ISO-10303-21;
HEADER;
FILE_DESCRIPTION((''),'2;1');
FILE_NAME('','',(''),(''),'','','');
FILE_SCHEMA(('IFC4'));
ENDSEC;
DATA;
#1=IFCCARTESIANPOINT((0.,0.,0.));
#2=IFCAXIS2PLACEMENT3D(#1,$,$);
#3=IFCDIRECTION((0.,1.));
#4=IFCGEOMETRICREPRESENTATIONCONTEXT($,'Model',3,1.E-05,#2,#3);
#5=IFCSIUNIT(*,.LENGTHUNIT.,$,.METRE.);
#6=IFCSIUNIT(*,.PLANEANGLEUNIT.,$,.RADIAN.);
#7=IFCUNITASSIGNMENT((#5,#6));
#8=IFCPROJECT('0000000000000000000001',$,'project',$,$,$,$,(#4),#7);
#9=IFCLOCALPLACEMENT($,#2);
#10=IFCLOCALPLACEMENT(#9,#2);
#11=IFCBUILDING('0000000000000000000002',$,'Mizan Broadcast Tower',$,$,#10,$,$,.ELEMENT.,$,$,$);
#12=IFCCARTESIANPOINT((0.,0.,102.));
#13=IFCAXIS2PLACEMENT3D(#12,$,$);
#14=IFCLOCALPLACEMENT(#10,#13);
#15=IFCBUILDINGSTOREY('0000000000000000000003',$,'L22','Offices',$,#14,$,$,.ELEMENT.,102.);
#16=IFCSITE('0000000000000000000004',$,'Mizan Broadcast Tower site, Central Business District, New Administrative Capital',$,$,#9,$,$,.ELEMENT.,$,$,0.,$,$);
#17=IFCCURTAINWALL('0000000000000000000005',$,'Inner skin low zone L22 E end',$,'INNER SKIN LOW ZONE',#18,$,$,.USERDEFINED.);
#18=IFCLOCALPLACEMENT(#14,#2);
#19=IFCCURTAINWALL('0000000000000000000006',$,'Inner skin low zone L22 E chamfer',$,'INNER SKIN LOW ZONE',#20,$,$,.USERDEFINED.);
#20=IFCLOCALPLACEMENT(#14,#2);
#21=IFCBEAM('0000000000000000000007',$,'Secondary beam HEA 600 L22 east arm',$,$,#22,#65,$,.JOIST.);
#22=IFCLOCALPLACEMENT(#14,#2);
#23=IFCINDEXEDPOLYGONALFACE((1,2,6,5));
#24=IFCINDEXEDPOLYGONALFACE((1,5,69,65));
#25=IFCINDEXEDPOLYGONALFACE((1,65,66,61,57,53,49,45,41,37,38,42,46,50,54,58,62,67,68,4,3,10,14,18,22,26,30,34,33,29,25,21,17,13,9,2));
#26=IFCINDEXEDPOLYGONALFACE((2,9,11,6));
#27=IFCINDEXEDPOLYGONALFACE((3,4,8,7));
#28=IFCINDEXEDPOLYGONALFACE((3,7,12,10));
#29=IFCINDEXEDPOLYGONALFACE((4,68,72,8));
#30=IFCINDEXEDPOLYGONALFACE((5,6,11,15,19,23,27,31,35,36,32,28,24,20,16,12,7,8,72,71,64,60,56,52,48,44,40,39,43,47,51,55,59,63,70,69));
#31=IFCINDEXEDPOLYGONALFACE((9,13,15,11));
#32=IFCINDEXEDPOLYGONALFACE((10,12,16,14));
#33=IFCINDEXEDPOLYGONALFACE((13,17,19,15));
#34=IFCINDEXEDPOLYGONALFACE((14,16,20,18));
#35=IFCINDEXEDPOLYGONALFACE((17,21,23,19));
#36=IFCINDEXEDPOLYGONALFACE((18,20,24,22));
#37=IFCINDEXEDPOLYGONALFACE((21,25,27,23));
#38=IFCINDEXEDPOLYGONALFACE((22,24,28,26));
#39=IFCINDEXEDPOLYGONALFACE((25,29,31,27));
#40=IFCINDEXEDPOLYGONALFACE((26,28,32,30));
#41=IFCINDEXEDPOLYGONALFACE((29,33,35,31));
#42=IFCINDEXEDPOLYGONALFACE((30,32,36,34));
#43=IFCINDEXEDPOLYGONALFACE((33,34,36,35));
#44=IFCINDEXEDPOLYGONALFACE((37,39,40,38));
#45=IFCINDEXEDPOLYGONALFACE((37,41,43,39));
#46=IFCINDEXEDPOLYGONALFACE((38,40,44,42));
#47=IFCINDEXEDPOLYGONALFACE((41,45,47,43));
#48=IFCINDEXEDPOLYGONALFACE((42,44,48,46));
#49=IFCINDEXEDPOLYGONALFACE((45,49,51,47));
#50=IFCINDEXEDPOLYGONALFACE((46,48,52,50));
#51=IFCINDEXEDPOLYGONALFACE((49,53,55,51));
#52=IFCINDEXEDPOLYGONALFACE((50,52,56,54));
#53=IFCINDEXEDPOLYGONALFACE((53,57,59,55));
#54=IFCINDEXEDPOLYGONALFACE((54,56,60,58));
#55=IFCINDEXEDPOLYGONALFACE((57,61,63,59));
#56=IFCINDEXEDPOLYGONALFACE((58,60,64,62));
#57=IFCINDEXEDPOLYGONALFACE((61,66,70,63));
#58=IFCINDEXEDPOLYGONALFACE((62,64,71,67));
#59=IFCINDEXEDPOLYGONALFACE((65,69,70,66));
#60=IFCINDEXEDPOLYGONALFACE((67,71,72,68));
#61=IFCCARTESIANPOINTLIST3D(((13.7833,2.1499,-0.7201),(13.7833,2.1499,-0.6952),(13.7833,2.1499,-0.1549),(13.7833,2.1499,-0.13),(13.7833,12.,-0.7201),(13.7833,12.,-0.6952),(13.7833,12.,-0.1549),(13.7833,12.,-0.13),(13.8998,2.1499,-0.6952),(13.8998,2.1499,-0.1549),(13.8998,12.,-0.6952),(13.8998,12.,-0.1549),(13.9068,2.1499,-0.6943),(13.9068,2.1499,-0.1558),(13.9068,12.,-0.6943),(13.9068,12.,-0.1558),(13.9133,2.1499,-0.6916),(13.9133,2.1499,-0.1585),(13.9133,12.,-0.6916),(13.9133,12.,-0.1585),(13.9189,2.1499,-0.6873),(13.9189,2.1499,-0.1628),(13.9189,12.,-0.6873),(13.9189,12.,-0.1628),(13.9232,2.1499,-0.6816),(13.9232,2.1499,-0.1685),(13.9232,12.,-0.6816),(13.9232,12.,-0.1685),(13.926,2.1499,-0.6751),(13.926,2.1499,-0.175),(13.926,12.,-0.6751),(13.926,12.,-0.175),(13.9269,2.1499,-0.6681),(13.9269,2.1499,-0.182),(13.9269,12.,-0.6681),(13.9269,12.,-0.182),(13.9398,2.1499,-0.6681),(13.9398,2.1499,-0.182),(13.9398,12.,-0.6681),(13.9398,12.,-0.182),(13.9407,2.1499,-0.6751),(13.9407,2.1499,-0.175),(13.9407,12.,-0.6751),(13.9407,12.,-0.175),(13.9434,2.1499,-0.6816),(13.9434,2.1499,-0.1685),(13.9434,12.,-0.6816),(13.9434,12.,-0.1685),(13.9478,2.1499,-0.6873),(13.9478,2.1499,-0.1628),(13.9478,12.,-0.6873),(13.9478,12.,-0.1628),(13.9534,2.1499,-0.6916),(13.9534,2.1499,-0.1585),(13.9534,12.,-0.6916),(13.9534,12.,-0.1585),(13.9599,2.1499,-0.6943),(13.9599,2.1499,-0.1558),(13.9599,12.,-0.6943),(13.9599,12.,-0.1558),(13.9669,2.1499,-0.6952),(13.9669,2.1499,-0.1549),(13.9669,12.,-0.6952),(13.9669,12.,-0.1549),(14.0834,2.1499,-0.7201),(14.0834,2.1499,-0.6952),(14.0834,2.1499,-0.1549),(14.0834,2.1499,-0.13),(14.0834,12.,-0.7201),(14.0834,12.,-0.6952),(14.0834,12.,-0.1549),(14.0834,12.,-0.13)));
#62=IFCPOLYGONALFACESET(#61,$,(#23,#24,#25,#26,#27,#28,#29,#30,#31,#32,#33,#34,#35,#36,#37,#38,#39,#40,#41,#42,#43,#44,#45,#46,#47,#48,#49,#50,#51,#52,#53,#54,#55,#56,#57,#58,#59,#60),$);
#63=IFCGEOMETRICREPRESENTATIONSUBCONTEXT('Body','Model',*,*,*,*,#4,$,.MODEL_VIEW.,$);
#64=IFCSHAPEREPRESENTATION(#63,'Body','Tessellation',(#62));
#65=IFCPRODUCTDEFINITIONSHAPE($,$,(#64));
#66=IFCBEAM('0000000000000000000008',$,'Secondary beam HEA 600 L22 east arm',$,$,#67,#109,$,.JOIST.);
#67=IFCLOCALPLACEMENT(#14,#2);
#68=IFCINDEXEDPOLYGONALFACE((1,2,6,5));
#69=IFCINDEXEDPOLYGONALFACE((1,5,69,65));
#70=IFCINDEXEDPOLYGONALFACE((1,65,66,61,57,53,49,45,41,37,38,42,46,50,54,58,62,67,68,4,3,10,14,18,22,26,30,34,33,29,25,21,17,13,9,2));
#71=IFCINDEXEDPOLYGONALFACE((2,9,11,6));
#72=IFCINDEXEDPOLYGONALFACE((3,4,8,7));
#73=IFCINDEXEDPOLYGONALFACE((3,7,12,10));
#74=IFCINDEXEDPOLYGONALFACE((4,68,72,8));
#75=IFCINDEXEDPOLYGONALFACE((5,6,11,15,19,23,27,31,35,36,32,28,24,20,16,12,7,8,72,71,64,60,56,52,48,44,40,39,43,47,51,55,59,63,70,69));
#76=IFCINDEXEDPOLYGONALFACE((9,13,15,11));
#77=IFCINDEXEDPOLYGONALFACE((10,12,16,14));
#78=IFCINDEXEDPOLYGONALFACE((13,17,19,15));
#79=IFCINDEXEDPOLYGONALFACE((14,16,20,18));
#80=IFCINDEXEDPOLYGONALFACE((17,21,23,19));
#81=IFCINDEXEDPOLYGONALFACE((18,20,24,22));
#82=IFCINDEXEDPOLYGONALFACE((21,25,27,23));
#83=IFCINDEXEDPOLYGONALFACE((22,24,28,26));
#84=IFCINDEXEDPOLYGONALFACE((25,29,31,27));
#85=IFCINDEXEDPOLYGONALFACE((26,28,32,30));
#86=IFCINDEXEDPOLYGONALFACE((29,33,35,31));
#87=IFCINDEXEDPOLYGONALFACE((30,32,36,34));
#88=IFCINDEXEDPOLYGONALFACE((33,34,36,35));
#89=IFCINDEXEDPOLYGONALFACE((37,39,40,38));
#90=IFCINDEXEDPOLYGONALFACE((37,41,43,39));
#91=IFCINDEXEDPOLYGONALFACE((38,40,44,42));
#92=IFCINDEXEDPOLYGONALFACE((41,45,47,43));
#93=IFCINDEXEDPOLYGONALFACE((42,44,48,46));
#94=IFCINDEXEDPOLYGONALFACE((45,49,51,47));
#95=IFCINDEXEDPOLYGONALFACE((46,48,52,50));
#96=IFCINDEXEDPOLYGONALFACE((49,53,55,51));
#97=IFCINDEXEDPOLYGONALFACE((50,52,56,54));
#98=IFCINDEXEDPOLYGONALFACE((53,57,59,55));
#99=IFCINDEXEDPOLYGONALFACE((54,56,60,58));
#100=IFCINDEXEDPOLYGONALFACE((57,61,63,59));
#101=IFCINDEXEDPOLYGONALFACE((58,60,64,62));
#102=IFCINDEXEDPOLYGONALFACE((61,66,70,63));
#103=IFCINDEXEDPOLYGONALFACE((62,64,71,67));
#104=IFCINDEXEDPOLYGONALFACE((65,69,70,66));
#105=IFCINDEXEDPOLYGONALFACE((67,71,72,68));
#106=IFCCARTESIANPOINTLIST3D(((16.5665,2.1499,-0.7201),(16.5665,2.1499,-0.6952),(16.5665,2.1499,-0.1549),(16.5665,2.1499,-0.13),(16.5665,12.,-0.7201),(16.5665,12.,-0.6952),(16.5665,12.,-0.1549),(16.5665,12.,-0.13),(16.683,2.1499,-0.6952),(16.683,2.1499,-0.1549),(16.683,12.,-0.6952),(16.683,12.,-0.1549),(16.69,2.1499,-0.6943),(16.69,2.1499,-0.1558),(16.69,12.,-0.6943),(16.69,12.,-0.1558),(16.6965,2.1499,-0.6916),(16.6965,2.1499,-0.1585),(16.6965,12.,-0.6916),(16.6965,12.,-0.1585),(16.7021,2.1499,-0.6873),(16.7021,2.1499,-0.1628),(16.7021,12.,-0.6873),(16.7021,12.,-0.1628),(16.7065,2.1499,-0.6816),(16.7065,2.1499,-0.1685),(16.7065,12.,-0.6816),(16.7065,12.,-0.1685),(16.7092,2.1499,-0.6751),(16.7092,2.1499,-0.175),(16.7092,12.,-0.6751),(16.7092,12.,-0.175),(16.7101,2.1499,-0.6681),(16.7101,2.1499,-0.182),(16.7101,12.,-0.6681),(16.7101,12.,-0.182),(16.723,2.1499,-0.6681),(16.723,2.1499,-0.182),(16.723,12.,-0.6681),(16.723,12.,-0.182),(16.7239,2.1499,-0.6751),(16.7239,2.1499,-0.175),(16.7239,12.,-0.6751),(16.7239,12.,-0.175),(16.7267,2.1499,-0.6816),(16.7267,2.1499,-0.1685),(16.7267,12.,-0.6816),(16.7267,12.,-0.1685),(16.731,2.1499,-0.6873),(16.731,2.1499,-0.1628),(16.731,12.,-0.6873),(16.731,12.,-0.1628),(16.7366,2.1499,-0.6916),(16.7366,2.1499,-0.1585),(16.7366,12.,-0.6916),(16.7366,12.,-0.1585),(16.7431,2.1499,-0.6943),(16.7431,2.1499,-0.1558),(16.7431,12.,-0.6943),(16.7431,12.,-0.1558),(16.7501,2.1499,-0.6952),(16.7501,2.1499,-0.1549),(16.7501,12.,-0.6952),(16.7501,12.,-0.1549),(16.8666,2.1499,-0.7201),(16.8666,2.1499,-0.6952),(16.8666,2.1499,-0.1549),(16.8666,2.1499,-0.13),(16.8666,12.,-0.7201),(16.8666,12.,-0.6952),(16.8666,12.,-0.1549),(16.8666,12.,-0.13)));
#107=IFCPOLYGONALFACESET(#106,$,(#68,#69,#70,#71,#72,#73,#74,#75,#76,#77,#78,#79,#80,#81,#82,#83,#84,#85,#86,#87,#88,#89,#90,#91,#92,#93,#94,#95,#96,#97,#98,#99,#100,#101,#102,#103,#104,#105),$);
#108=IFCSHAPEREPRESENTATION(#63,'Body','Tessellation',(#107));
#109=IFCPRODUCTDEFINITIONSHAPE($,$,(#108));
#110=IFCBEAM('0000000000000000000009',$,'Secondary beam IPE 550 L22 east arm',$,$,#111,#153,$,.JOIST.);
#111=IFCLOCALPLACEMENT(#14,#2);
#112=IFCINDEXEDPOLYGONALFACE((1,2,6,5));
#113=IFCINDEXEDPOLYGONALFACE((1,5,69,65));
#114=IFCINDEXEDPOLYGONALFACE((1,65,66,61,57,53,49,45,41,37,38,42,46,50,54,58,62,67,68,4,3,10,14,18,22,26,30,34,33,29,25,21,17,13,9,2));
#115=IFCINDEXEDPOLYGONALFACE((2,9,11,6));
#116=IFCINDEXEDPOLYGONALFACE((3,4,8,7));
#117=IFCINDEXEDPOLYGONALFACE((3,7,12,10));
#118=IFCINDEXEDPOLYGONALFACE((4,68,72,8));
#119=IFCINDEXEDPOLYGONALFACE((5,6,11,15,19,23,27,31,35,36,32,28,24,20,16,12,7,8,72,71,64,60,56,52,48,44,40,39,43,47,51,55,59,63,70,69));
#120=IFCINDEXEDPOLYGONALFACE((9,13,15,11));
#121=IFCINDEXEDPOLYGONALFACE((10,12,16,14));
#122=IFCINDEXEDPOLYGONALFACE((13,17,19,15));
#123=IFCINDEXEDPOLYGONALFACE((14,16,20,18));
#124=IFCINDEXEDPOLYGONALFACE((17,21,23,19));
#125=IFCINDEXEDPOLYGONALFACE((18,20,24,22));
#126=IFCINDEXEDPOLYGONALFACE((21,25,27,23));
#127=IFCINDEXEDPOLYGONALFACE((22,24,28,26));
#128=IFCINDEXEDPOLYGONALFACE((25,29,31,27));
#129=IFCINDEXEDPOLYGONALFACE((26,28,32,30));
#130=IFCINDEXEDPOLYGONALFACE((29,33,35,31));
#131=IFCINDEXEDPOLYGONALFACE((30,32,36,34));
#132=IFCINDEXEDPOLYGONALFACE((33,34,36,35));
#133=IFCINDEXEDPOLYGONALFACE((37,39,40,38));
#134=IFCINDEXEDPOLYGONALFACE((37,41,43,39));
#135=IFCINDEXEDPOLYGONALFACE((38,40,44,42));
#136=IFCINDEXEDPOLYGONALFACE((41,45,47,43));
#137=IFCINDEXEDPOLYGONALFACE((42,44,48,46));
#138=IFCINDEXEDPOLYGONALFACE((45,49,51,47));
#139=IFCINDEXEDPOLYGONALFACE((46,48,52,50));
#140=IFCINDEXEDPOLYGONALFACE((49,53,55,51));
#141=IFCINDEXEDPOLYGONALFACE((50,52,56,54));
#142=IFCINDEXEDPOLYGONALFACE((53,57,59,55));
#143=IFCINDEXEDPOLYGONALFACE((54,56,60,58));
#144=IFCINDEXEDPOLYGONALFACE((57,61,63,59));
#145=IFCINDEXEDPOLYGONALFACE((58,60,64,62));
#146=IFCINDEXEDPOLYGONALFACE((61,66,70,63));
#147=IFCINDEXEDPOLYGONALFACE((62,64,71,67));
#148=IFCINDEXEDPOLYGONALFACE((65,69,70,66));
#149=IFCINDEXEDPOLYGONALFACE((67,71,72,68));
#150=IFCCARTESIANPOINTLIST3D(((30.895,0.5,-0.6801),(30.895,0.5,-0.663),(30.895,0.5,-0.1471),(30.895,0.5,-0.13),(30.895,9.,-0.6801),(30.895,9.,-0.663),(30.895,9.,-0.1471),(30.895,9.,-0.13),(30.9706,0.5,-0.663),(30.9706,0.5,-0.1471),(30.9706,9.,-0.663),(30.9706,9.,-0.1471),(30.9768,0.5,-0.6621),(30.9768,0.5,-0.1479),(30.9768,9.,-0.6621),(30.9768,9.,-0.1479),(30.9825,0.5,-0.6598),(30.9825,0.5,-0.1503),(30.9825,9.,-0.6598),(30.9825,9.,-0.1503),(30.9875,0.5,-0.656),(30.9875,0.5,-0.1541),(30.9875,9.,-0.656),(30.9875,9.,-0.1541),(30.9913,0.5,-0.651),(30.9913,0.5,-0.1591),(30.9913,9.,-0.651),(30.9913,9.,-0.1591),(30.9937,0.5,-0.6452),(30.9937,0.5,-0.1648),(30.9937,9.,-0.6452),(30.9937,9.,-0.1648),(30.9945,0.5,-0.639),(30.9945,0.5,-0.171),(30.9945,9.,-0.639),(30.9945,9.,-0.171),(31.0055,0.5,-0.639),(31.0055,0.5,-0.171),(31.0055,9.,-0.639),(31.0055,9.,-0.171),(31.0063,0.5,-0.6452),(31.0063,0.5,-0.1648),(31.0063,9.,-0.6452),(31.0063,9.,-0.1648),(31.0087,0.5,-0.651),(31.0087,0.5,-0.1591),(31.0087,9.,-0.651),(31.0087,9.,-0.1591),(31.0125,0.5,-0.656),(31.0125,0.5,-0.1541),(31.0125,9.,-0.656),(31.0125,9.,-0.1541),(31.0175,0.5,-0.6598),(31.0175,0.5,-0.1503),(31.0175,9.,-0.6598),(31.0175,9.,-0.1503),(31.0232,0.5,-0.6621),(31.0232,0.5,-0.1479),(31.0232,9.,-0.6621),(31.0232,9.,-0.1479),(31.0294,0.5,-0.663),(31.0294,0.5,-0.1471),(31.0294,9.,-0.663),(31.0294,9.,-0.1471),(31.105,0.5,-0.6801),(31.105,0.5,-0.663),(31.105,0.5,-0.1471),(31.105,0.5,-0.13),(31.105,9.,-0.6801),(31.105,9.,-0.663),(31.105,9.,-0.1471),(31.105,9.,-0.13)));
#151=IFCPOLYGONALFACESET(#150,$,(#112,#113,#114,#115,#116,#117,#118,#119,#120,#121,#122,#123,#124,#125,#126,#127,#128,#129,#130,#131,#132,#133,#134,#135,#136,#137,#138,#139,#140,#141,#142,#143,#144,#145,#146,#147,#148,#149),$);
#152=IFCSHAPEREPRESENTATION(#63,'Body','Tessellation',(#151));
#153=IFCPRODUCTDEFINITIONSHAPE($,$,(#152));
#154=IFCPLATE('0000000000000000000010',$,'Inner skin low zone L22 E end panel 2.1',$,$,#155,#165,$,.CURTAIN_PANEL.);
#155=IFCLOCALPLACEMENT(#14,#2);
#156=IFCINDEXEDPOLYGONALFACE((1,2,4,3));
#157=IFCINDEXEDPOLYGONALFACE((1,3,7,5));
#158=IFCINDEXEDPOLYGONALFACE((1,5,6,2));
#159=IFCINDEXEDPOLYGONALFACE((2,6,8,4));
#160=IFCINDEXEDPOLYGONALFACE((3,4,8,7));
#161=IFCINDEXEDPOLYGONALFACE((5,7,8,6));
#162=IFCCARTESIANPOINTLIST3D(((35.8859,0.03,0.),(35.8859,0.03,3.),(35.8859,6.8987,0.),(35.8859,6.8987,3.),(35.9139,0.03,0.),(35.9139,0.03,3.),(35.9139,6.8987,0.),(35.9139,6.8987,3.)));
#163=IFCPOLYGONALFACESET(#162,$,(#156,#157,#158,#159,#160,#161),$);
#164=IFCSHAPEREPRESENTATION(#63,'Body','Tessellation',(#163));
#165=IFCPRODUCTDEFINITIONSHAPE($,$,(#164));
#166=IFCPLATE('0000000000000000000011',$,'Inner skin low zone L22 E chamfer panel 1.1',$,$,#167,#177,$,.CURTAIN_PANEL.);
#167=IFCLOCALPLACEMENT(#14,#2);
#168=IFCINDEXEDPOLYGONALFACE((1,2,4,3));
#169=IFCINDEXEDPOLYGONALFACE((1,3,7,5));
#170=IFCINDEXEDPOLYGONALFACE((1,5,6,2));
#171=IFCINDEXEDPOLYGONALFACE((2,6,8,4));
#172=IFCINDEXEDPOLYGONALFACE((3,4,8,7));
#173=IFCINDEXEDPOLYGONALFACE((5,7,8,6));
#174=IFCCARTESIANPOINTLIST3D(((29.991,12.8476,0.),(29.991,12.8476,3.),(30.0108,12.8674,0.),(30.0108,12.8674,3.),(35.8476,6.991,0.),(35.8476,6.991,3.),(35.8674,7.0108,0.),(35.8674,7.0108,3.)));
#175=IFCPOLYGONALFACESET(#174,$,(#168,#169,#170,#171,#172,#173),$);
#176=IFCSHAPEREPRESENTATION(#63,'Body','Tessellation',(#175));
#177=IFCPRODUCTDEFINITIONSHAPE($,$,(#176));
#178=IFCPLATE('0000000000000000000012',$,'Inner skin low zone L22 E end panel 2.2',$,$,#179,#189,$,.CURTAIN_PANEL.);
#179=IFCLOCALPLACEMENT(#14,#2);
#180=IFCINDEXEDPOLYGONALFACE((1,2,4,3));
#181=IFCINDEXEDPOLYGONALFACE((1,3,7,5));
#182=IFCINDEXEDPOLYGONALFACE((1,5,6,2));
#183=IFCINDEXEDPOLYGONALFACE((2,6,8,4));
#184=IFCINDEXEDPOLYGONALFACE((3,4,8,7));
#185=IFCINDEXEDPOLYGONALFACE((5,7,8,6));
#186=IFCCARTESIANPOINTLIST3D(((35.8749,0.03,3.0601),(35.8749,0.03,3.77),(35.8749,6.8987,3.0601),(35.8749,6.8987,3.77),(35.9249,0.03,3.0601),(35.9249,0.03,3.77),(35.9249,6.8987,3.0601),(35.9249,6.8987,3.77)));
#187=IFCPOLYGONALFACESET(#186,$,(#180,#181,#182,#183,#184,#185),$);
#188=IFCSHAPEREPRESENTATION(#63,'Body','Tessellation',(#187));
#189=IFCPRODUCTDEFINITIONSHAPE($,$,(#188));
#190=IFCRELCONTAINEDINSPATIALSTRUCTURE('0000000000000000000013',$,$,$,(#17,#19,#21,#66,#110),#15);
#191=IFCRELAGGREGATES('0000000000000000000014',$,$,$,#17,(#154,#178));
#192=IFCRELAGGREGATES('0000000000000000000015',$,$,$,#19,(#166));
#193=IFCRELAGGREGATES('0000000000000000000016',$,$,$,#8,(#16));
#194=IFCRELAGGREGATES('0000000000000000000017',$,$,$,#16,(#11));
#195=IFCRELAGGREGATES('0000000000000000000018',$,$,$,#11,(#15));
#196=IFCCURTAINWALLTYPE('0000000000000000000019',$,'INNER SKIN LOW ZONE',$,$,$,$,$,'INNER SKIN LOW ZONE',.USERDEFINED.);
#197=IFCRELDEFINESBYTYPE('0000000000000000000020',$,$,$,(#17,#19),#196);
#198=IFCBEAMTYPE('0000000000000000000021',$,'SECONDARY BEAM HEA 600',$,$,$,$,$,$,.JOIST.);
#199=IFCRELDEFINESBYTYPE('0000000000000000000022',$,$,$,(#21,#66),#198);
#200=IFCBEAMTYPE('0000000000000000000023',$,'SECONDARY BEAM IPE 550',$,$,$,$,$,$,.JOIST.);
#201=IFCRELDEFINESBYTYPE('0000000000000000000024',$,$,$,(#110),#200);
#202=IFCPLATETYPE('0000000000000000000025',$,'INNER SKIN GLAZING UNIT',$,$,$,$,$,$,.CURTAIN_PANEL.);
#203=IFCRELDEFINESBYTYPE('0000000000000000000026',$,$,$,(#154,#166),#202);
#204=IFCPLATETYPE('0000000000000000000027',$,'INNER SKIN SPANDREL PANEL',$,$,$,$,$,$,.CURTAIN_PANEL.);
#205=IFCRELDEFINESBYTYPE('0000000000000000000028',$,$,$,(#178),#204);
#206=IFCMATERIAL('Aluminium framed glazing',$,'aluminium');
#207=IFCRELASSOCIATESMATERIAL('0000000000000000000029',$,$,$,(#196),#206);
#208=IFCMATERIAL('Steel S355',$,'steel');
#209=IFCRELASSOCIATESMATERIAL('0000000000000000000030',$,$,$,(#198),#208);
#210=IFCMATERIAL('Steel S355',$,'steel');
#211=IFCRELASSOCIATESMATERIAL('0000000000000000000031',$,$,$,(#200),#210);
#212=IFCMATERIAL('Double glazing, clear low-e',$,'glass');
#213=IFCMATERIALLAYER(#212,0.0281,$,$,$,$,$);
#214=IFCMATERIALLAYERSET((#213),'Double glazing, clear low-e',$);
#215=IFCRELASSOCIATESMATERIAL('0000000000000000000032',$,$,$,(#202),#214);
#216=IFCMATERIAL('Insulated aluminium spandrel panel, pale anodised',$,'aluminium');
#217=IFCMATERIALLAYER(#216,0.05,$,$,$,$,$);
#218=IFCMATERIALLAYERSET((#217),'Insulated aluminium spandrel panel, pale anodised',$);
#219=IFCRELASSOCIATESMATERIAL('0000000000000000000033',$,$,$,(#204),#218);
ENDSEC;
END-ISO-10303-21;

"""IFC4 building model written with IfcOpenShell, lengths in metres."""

from ifc_helpers import new_model, si_unit, direction, frame, origin, origin_2d, place, context, subcontext, project, spatial, rectangle, i_section, extrude, material, layer, layer_set, material_profile, profile_set, type_object, element, aggregate, save


model = new_model("IFC4")

# Units and contexts
model_context = context("Model", 3, precision=1e-05, world=origin(), true_north=direction((0.0, 1.0)))
body_context = subcontext(model_context, "Body", "Model", "MODEL_VIEW")
ifc_project = project(units=[si_unit("LENGTHUNIT", "METRE"), si_unit("PLANEANGLEUNIT", "RADIAN")], contexts=[model_context])

# Site, building, storey
site_placement = place(None, origin())
site = spatial("IfcSite", under=ifc_project, at=site_placement, Name="Mizan Broadcast Tower site, Central Business District, New Administrative Capital", CompositionType="ELEMENT", RefElevation=0.0)
building_placement = place(site_placement, origin())
building = spatial("IfcBuilding", under=site, at=building_placement, Name="Mizan Broadcast Tower", CompositionType="ELEMENT")
storey_placement = place(building_placement, frame((0.0, 0.0, 102.0)))
storey = spatial("IfcBuildingStorey", under=building, at=storey_placement, Name="L22", Description="Offices", CompositionType="ELEMENT", Elevation=102.0)

# Curtain wall
ifc_material_1 = material(Name="Aluminium framed glazing", Category="aluminium")
curtain_wall_type_1 = type_object("IfcCurtainWallType", Name="INNER SKIN LOW ZONE", ElementType="INNER SKIN LOW ZONE", PredefinedType="USERDEFINED", material=ifc_material_1)
curtain_wall_1_placement = place(storey_placement, origin())
curtain_wall_1 = element("IfcCurtainWall", 1, at=curtain_wall_1_placement, inside=storey, type_object=curtain_wall_type_1, Name="Inner skin low zone L22 E end", ObjectType="INNER SKIN LOW ZONE", PredefinedType="USERDEFINED")

# Curtain wall
curtain_wall_2_placement = place(storey_placement, origin())
curtain_wall_2 = element("IfcCurtainWall", 2, at=curtain_wall_2_placement, inside=storey, type_object=curtain_wall_type_1, Name="Inner skin low zone L22 E chamfer", ObjectType="INNER SKIN LOW ZONE", PredefinedType="USERDEFINED")

# Beams
ifc_material_2 = material(Name="Steel S355", Category="steel")
ifc_material_profile_1 = material_profile(ifc_material_2, i_section(OverallWidth=0.3, OverallDepth=0.5901, WebThickness=0.0129, FlangeThickness=0.0249, FilletRadius=0.0271, at=origin_2d()), Name="HEA 600")
ifc_profile_set_1 = profile_set([ifc_material_profile_1], Name="Steel S355")
beam_type_1 = type_object("IfcBeamType", Name="SECONDARY BEAM HEA 600", PredefinedType="JOIST", material=ifc_profile_set_1)
for number, where, z_axis, x_axis, name in (
    (3, (13.9333, 12.0, -0.425), (0.0, -1.0, 0.0), (1.0, 0.0, 0.0), "Secondary beam HEA 600 L22 east arm"),
    (4, (16.7166, 12.0, -0.425), (0.0, -1.0, 0.0), (1.0, 0.0, 0.0), "Secondary beam HEA 600 L22 east arm"),
):
    element("IfcBeam", number, at=place(storey_placement, frame(where, z_axis=z_axis, x_axis=x_axis)), inside=storey, type_object=beam_type_1, Name=name, PredefinedType="JOIST", context=body_context, shape_type="SweptSolid", body=[
        extrude(i_section(OverallWidth=0.3, OverallDepth=0.5901, WebThickness=0.0129, FlangeThickness=0.0249, FilletRadius=0.0271, at=origin_2d()), origin(), (0.0, 0.0, 1.0), 9.8501),
    ])
ifc_material_3 = material(Name="Steel S355", Category="steel")
ifc_material_profile_2 = material_profile(ifc_material_3, i_section(OverallWidth=0.21, OverallDepth=0.55, WebThickness=0.011, FlangeThickness=0.0171, FilletRadius=0.0239, at=origin_2d()), Name="IPE 550")
ifc_profile_set_2 = profile_set([ifc_material_profile_2], Name="Steel S355")
beam_type_2 = type_object("IfcBeamType", Name="SECONDARY BEAM IPE 550", PredefinedType="JOIST", material=ifc_profile_set_2)
beam_1_placement = place(storey_placement, frame((31.0, 9.0, -0.405), z_axis=(0.0, -1.0, 0.0), x_axis=(1.0, 0.0, 0.0)))
element("IfcBeam", 5, at=beam_1_placement, inside=storey, type_object=beam_type_2, Name="Secondary beam IPE 550 L22 east arm", PredefinedType="JOIST", context=body_context, shape_type="SweptSolid", body=[
    extrude(i_section(OverallWidth=0.21, OverallDepth=0.55, WebThickness=0.011, FlangeThickness=0.0171, FilletRadius=0.0239, at=origin_2d()), origin(), (0.0, 0.0, 1.0), 8.5),
])

# Plates
ifc_material_4 = material(Name="Double glazing, clear low-e", Category="glass")
ifc_layer_1 = layer(ifc_material_4, 0.0281)
ifc_layer_set_1 = layer_set([ifc_layer_1], Name="Double glazing, clear low-e")
plate_type_1 = type_object("IfcPlateType", Name="INNER SKIN GLAZING UNIT", PredefinedType="CURTAIN_PANEL", material=ifc_layer_set_1)
plate_1_placement = place(storey_placement, frame((35.8999, 3.4644, 0.0), z_axis=(0.0, 0.0, 1.0), x_axis=(0.0, 1.0, 0.0)))
plate_1 = element("IfcPlate", 6, at=plate_1_placement, type_object=plate_type_1, Name="Inner skin low zone L22 E end panel 2.1", PredefinedType="CURTAIN_PANEL", context=body_context, shape_type="SweptSolid", body=[
    extrude(rectangle(XDim=6.8687, YDim=0.0281, at=origin_2d()), origin(), (0.0, 0.0, 1.0), 3.0),
])
plate_2_placement = place(storey_placement, frame((32.9292, 9.9292, 0.0), z_axis=(0.0, 0.0, 1.0), x_axis=(-0.707107, 0.707107, 0.0)))
plate_2 = element("IfcPlate", 7, at=plate_2_placement, type_object=plate_type_1, Name="Inner skin low zone L22 E chamfer panel 1.1", PredefinedType="CURTAIN_PANEL", context=body_context, shape_type="SweptSolid", body=[
    extrude(rectangle(XDim=8.2825, YDim=0.0281, at=origin_2d()), origin(), (0.0, 0.0, 1.0), 3.0),
])
ifc_material_5 = material(Name="Insulated aluminium spandrel panel, pale anodised", Category="aluminium")
ifc_layer_2 = layer(ifc_material_5, 0.05)
ifc_layer_set_2 = layer_set([ifc_layer_2], Name="Insulated aluminium spandrel panel, pale anodised")
plate_type_2 = type_object("IfcPlateType", Name="INNER SKIN SPANDREL PANEL", PredefinedType="CURTAIN_PANEL", material=ifc_layer_set_2)
plate_3_placement = place(storey_placement, frame((35.8999, 3.4644, 3.0601), z_axis=(0.0, 0.0, 1.0), x_axis=(0.0, 1.0, 0.0)))
plate_3 = element("IfcPlate", 8, at=plate_3_placement, type_object=plate_type_2, Name="Inner skin low zone L22 E end panel 2.2", PredefinedType="CURTAIN_PANEL", context=body_context, shape_type="SweptSolid", body=[
    extrude(rectangle(XDim=6.8687, YDim=0.05, at=origin_2d()), origin(), (0.0, 0.0, 1.0), 0.71),
])
aggregate(curtain_wall_1, [plate_1, plate_3])
aggregate(curtain_wall_2, [plate_2])

save(model, "model.ifc")
